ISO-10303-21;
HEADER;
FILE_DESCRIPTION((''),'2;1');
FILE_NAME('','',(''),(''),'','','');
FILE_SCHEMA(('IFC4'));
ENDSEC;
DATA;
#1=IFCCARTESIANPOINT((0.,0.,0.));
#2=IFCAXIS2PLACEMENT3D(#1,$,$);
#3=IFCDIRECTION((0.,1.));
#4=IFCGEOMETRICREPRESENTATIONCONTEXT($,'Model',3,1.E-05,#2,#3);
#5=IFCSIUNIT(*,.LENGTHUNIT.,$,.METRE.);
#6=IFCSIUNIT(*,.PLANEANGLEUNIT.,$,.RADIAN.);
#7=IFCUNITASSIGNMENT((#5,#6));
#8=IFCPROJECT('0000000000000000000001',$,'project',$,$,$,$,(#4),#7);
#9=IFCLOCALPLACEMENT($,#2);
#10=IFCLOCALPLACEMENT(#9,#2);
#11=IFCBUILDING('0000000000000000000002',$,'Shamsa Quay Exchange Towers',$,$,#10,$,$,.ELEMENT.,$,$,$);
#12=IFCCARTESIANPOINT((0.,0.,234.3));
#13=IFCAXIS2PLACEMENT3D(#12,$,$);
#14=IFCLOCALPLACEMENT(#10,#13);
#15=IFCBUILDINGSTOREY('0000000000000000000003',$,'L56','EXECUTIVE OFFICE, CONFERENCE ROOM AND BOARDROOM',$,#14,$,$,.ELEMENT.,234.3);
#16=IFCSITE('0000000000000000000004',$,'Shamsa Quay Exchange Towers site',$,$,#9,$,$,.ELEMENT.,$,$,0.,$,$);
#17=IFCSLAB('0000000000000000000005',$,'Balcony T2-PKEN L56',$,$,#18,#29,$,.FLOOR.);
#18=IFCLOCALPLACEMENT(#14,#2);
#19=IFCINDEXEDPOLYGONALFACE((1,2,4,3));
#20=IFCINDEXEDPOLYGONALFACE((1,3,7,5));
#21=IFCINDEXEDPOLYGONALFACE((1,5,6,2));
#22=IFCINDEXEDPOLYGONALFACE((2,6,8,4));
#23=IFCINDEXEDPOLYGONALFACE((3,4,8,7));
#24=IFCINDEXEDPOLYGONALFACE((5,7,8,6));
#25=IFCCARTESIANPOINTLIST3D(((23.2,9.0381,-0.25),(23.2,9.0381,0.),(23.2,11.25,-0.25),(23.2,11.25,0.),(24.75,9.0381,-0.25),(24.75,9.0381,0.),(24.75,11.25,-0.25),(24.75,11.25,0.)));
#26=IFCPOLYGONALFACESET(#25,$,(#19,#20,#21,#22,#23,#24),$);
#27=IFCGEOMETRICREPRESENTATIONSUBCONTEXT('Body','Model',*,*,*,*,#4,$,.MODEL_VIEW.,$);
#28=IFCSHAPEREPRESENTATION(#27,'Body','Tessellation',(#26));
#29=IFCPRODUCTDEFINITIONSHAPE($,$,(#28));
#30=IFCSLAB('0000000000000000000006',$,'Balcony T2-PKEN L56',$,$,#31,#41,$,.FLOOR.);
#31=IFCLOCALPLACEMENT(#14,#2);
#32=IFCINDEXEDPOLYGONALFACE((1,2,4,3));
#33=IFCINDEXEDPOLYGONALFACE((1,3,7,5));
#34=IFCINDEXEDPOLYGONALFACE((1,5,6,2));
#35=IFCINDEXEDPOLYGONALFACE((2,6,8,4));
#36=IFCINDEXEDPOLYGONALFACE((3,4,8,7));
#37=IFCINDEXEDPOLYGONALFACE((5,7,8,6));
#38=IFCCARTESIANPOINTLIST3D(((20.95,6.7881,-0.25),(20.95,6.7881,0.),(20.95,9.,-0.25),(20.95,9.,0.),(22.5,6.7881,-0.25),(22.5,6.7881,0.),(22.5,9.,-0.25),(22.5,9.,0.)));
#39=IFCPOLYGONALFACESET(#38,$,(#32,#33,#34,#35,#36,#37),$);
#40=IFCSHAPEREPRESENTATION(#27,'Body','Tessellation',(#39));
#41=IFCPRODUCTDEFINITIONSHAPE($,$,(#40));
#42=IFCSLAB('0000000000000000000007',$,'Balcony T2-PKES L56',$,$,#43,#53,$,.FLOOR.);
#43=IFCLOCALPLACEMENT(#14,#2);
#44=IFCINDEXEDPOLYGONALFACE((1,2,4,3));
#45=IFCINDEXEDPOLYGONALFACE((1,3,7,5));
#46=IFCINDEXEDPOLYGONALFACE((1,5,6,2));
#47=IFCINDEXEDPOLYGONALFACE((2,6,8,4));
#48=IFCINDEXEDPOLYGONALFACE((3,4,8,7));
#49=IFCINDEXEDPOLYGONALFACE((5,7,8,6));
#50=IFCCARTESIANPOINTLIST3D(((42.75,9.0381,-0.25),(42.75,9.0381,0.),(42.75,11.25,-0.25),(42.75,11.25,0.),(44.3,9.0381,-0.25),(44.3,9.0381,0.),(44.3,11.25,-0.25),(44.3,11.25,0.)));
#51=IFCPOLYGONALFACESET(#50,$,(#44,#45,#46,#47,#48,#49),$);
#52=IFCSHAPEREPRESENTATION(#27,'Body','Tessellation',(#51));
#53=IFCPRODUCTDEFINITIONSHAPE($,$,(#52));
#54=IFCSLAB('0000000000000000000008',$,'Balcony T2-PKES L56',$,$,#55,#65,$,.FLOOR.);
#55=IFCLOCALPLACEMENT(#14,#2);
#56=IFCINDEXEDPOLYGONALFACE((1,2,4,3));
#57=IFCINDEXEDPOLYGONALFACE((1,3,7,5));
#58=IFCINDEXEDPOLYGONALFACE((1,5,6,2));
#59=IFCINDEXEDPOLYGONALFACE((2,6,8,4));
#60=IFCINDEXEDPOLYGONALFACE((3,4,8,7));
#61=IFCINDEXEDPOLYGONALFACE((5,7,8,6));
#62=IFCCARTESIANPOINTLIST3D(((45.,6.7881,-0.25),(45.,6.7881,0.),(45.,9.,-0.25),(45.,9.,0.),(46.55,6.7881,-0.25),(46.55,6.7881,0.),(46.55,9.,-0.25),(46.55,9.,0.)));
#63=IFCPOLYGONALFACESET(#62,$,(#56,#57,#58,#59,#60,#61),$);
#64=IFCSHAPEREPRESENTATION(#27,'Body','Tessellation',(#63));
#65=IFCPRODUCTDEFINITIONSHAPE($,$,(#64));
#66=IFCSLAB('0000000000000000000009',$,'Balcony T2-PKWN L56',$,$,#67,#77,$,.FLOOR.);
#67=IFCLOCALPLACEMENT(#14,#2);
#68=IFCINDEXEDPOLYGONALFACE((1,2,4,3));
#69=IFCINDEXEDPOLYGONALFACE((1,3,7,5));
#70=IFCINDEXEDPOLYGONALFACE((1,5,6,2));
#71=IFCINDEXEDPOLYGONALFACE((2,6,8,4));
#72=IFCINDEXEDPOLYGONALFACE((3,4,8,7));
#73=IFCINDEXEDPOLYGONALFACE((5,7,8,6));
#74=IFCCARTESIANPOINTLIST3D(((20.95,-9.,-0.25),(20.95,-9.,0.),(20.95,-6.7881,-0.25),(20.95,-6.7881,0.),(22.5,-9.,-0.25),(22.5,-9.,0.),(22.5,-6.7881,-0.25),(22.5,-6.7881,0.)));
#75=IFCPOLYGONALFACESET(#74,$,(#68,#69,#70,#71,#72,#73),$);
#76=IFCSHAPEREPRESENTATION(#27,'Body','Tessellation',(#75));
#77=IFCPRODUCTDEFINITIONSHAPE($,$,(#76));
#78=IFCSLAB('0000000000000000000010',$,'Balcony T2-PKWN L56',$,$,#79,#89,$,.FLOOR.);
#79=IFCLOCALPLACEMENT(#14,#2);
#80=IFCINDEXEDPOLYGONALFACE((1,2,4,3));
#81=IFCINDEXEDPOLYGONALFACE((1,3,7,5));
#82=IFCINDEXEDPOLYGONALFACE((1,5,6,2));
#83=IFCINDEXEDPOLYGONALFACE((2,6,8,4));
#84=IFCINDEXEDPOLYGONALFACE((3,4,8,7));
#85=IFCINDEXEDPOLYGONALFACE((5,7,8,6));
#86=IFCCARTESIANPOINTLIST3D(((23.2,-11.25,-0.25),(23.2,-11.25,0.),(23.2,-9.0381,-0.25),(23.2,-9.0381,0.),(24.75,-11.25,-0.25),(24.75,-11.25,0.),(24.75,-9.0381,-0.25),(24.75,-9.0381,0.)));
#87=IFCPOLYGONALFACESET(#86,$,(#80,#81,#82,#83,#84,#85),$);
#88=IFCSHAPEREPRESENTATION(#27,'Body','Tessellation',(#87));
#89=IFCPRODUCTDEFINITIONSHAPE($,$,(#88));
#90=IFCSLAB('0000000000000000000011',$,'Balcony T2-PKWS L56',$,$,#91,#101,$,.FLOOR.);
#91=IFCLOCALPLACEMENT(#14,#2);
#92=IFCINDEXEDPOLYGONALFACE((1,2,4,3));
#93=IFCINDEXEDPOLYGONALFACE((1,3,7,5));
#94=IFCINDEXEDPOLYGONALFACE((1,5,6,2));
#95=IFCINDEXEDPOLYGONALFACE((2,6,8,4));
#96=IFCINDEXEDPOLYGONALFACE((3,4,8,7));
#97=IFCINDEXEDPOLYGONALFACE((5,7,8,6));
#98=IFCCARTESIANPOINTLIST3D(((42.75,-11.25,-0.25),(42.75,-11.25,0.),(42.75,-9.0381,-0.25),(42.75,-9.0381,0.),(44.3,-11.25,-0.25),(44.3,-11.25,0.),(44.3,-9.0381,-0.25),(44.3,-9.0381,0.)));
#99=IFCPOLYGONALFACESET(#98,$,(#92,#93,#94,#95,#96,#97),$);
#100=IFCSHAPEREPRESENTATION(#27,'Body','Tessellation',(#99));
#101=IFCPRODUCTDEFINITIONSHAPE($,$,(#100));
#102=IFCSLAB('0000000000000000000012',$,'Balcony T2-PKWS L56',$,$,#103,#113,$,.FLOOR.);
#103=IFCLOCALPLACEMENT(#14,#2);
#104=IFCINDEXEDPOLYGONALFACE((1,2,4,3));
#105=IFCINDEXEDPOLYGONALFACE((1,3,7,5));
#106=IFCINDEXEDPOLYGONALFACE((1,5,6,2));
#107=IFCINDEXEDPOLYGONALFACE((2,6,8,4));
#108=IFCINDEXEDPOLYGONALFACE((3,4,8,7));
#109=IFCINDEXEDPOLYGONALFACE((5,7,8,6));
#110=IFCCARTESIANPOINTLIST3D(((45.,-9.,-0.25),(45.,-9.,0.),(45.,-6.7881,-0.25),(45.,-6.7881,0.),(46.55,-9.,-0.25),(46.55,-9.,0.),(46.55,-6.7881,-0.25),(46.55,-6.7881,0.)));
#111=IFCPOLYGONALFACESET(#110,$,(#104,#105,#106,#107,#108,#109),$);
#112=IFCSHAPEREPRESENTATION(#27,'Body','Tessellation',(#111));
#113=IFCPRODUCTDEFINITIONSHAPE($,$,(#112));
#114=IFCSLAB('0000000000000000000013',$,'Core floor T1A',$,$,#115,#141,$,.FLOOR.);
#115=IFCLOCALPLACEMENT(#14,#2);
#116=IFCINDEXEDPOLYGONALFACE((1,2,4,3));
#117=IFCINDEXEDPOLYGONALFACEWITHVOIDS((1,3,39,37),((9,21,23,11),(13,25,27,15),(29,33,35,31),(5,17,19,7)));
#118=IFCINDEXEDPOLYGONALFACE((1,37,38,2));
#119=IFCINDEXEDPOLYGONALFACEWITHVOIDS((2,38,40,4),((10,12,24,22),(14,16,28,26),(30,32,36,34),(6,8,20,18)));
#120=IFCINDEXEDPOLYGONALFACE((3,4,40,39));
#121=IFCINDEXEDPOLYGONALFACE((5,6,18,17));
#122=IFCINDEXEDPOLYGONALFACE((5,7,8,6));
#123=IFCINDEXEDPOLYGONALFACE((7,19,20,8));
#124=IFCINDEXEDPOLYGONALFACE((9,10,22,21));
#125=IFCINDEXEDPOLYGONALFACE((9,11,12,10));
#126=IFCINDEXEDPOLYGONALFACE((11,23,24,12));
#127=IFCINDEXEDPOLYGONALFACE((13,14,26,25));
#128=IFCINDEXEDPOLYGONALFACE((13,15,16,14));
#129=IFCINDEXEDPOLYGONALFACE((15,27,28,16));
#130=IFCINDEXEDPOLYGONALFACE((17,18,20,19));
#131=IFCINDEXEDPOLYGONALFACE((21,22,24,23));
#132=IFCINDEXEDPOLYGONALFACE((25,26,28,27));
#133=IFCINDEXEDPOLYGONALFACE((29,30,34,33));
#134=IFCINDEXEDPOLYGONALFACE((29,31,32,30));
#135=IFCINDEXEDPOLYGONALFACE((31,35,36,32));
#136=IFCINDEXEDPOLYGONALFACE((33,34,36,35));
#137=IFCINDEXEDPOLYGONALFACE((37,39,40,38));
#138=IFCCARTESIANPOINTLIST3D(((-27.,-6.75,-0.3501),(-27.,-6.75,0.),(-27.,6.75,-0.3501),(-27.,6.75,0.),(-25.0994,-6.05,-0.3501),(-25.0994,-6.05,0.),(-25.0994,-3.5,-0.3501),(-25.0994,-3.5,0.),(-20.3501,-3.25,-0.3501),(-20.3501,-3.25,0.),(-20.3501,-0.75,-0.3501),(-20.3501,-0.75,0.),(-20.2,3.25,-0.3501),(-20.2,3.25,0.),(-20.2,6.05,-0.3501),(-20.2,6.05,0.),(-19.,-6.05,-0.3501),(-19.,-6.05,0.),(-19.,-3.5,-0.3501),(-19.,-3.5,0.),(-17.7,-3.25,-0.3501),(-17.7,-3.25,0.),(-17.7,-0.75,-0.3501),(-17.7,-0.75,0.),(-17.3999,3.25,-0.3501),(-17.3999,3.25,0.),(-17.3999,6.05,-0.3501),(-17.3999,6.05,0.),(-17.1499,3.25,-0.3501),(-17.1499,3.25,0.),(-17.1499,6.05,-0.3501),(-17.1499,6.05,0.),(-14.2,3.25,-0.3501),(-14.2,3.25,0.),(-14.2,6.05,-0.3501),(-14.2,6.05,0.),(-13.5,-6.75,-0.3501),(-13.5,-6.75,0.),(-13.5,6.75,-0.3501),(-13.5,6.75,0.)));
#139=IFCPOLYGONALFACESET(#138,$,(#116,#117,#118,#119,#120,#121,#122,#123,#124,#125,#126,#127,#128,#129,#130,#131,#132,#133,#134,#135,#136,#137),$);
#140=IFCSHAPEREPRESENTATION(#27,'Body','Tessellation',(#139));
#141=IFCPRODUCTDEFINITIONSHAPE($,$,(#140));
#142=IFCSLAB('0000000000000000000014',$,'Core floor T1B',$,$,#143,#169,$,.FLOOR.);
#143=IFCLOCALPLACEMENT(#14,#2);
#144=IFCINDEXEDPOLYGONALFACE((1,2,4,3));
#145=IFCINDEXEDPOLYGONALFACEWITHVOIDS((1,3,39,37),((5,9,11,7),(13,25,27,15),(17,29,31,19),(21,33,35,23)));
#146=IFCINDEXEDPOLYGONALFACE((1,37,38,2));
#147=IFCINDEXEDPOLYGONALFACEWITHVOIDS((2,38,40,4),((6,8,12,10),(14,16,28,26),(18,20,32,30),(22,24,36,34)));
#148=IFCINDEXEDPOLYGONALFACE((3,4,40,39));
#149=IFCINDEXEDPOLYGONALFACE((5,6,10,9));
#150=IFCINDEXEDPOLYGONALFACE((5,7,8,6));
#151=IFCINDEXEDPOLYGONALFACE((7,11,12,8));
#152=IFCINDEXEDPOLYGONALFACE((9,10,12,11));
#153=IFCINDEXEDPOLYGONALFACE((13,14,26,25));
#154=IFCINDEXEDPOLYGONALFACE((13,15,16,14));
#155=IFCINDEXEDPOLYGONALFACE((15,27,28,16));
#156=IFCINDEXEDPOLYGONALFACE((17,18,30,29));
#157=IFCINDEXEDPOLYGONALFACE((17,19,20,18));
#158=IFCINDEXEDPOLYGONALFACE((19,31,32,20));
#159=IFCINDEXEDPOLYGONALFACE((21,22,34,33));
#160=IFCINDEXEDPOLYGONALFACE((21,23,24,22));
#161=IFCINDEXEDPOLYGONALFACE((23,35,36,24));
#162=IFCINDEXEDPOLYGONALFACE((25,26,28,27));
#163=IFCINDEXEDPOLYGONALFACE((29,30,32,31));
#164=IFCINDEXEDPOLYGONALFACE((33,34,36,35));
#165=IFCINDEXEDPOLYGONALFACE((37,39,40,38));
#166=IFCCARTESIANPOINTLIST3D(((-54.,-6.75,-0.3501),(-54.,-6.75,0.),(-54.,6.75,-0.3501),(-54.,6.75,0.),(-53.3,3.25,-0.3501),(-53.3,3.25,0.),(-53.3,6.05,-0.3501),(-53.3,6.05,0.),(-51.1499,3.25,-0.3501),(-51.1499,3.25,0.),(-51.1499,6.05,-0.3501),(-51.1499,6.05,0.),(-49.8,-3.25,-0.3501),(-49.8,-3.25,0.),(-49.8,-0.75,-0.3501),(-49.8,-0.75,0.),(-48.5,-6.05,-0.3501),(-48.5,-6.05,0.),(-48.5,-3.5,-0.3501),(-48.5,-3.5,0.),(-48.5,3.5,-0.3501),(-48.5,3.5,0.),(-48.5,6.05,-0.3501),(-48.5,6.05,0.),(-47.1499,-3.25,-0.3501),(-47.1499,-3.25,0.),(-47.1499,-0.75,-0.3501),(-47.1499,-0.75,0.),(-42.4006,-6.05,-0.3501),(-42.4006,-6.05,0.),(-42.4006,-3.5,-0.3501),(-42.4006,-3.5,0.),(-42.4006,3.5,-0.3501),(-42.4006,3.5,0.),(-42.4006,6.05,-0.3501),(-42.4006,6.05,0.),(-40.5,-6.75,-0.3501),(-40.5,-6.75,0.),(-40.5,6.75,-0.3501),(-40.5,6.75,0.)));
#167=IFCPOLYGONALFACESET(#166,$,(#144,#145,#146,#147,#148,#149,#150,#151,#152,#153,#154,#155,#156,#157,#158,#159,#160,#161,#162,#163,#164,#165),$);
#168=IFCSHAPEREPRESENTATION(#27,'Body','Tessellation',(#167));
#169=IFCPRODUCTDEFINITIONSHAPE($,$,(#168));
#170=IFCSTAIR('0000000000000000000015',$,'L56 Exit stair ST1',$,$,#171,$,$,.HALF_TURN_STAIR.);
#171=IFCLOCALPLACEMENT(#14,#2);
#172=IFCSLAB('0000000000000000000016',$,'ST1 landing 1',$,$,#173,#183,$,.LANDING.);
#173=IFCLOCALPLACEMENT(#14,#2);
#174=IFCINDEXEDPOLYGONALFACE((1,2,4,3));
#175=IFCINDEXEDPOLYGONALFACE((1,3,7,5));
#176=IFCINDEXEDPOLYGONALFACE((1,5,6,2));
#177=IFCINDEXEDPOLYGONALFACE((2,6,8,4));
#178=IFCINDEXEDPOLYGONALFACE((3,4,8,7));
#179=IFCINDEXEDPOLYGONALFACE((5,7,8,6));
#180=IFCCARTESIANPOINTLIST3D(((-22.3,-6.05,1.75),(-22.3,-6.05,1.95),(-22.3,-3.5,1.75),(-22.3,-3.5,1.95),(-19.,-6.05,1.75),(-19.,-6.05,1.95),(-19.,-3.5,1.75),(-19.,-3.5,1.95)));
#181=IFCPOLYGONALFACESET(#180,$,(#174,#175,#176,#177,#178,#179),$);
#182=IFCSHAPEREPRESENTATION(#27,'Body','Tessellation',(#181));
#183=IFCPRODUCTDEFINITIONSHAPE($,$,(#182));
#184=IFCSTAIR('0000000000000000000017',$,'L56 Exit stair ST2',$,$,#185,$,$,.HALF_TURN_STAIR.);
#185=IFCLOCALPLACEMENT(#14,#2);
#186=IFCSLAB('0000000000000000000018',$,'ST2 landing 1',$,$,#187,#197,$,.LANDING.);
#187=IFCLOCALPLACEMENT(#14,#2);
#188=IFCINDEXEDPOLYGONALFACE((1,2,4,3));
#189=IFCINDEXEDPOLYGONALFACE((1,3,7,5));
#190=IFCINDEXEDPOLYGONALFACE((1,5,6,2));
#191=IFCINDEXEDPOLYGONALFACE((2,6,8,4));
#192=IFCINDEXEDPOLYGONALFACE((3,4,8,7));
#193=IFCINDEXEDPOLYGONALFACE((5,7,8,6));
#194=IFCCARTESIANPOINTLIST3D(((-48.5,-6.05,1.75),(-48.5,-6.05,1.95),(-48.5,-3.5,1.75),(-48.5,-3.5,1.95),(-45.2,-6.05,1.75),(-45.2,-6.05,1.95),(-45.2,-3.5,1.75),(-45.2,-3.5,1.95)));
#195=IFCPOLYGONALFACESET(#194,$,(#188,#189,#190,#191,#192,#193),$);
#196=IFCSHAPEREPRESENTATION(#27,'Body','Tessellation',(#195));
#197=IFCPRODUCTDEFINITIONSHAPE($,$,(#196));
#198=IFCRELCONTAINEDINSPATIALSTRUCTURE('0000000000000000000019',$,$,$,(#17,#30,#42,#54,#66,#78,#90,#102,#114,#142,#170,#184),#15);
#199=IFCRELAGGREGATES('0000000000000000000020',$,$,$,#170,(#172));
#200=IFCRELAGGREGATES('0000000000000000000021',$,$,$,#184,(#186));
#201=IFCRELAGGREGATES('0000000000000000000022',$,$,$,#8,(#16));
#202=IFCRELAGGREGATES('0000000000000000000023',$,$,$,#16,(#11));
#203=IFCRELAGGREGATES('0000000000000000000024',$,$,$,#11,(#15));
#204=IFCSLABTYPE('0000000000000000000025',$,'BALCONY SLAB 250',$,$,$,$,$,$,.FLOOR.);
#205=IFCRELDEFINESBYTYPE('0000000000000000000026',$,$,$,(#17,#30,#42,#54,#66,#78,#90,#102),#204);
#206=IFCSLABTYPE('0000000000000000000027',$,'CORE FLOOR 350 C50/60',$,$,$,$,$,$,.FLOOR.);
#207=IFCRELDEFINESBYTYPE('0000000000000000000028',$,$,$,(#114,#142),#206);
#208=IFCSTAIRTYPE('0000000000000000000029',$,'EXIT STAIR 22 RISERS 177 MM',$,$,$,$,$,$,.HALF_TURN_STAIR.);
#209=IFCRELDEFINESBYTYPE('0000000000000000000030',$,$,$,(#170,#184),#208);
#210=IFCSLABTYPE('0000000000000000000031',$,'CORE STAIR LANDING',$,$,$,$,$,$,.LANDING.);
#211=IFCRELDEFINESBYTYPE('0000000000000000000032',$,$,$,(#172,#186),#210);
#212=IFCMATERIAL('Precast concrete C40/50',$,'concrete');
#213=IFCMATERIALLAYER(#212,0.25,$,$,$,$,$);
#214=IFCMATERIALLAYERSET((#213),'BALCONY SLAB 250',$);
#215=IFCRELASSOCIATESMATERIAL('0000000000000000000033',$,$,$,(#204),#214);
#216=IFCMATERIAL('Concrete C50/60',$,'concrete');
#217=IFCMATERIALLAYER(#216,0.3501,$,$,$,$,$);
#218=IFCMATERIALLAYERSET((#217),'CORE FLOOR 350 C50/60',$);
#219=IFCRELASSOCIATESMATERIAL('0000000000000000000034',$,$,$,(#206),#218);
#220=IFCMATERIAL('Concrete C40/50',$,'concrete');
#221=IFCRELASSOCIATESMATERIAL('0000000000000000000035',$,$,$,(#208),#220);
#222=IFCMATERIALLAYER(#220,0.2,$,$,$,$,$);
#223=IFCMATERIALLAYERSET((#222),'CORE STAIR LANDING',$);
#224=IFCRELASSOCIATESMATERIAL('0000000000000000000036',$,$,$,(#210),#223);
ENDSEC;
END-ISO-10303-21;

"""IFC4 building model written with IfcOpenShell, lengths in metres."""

from ifc_helpers import new_model, si_unit, direction, frame, origin, place, context, subcontext, project, spatial, polyline, outline, extrude, material, layer, layer_set, type_object, element, aggregate, save


model = new_model("IFC4")

# Units and contexts
model_context = context("Model", 3, precision=1e-05, world=origin(), true_north=direction((0.0, 1.0)))
body_context = subcontext(model_context, "Body", "Model", "MODEL_VIEW")
ifc_project = project(units=[si_unit("LENGTHUNIT", "METRE"), si_unit("PLANEANGLEUNIT", "RADIAN")], contexts=[model_context])

# Site, building, storey
site_placement = place(None, origin())
site = spatial("IfcSite", under=ifc_project, at=site_placement, Name="Shamsa Quay Exchange Towers site", CompositionType="ELEMENT", RefElevation=0.0)
building_placement = place(site_placement, origin())
building = spatial("IfcBuilding", under=site, at=building_placement, Name="Shamsa Quay Exchange Towers", CompositionType="ELEMENT")
storey_placement = place(building_placement, frame((0.0, 0.0, 234.3)))
storey = spatial("IfcBuildingStorey", under=building, at=storey_placement, Name="L56", Description="EXECUTIVE OFFICE, CONFERENCE ROOM AND BOARDROOM", CompositionType="ELEMENT", Elevation=234.3)

# Slabs
ifc_material_1 = material(Name="Precast concrete C40/50", Category="concrete")
ifc_layer_1 = layer(ifc_material_1, 0.25)
ifc_layer_set_1 = layer_set([ifc_layer_1], Name="BALCONY SLAB 250")
slab_type_1 = type_object("IfcSlabType", Name="BALCONY SLAB 250", PredefinedType="FLOOR", material=ifc_layer_set_1)
slab_1_placement = place(storey_placement, frame((0.0, 0.0, -0.25)))
element("IfcSlab", 1, at=slab_1_placement, inside=storey, type_object=slab_type_1, Name="Balcony T2-PKEN L56", PredefinedType="FLOOR", context=body_context, shape_type="SweptSolid", body=[
    extrude(outline(polyline([(24.75, 11.25), (24.75, 9.0381), (23.2, 9.0381), (23.2, 11.25), (24.75, 11.25)])), origin(), (0.0, 0.0, 1.0), 0.25),
])
slab_2_placement = place(storey_placement, frame((0.0, 0.0, -0.25)))
element("IfcSlab", 2, at=slab_2_placement, inside=storey, type_object=slab_type_1, Name="Balcony T2-PKEN L56", PredefinedType="FLOOR", context=body_context, shape_type="SweptSolid", body=[
    extrude(outline(polyline([(22.5, 9.0), (22.5, 6.7881), (20.95, 6.7881), (20.95, 9.0), (22.5, 9.0)])), origin(), (0.0, 0.0, 1.0), 0.25),
])
slab_3_placement = place(storey_placement, frame((0.0, 0.0, -0.25)))
element("IfcSlab", 3, at=slab_3_placement, inside=storey, type_object=slab_type_1, Name="Balcony T2-PKES L56", PredefinedType="FLOOR", context=body_context, shape_type="SweptSolid", body=[
    extrude(outline(polyline([(42.75, 9.0381), (42.75, 11.25), (44.3, 11.25), (44.3, 9.0381), (42.75, 9.0381)])), origin(), (0.0, 0.0, 1.0), 0.25),
])
slab_4_placement = place(storey_placement, frame((0.0, 0.0, -0.25)))
element("IfcSlab", 4, at=slab_4_placement, inside=storey, type_object=slab_type_1, Name="Balcony T2-PKES L56", PredefinedType="FLOOR", context=body_context, shape_type="SweptSolid", body=[
    extrude(outline(polyline([(45.0, 6.7881), (45.0, 9.0), (46.55, 9.0), (46.55, 6.7881), (45.0, 6.7881)])), origin(), (0.0, 0.0, 1.0), 0.25),
])
slab_5_placement = place(storey_placement, frame((0.0, 0.0, -0.25)))
element("IfcSlab", 5, at=slab_5_placement, inside=storey, type_object=slab_type_1, Name="Balcony T2-PKWN L56", PredefinedType="FLOOR", context=body_context, shape_type="SweptSolid", body=[
    extrude(outline(polyline([(22.5, -6.7881), (22.5, -9.0), (20.95, -9.0), (20.95, -6.7881), (22.5, -6.7881)])), origin(), (0.0, 0.0, 1.0), 0.25),
])
slab_6_placement = place(storey_placement, frame((0.0, 0.0, -0.25)))
element("IfcSlab", 6, at=slab_6_placement, inside=storey, type_object=slab_type_1, Name="Balcony T2-PKWN L56", PredefinedType="FLOOR", context=body_context, shape_type="SweptSolid", body=[
    extrude(outline(polyline([(24.75, -9.0381), (24.75, -11.25), (23.2, -11.25), (23.2, -9.0381), (24.75, -9.0381)])), origin(), (0.0, 0.0, 1.0), 0.25),
])
slab_7_placement = place(storey_placement, frame((0.0, 0.0, -0.25)))
element("IfcSlab", 7, at=slab_7_placement, inside=storey, type_object=slab_type_1, Name="Balcony T2-PKWS L56", PredefinedType="FLOOR", context=body_context, shape_type="SweptSolid", body=[
    extrude(outline(polyline([(42.75, -11.25), (42.75, -9.0381), (44.3, -9.0381), (44.3, -11.25), (42.75, -11.25)])), origin(), (0.0, 0.0, 1.0), 0.25),
])
slab_8_placement = place(storey_placement, frame((0.0, 0.0, -0.25)))
element("IfcSlab", 8, at=slab_8_placement, inside=storey, type_object=slab_type_1, Name="Balcony T2-PKWS L56", PredefinedType="FLOOR", context=body_context, shape_type="SweptSolid", body=[
    extrude(outline(polyline([(45.0, -9.0), (45.0, -6.7881), (46.55, -6.7881), (46.55, -9.0), (45.0, -9.0)])), origin(), (0.0, 0.0, 1.0), 0.25),
])
ifc_material_2 = material(Name="Concrete C50/60", Category="concrete")
ifc_layer_2 = layer(ifc_material_2, 0.3501)
ifc_layer_set_2 = layer_set([ifc_layer_2], Name="CORE FLOOR 350 C50/60")
slab_type_2 = type_object("IfcSlabType", Name="CORE FLOOR 350 C50/60", PredefinedType="FLOOR", material=ifc_layer_set_2)
slab_9_placement = place(storey_placement, frame((0.0, 0.0, -0.3501)))
element("IfcSlab", 9, at=slab_9_placement, inside=storey, type_object=slab_type_2, Name="Core floor T1A", PredefinedType="FLOOR", context=body_context, shape_type="SweptSolid", body=[
    extrude(outline(polyline([(-27.0, -6.75), (-13.5, -6.75), (-13.5, 6.75), (-27.0, 6.75), (-27.0, -6.75)]), holes=[polyline([(-25.0994, -6.05), (-25.0994, -3.5), (-19.0, -3.5), (-19.0, -6.05), (-25.0994, -6.05)]), polyline([(-20.2, 3.25), (-20.2, 6.05), (-17.3999, 6.05), (-17.3999, 3.25), (-20.2, 3.25)]), polyline([(-17.1499, 3.25), (-17.1499, 6.05), (-14.2, 6.05), (-14.2, 3.25), (-17.1499, 3.25)]), polyline([(-20.3501, -3.25), (-20.3501, -0.75), (-17.7, -0.75), (-17.7, -3.25), (-20.3501, -3.25)])]), origin(), (0.0, 0.0, 1.0), 0.3501),
])
slab_10_placement = place(storey_placement, frame((0.0, 0.0, -0.3501)))
element("IfcSlab", 10, at=slab_10_placement, inside=storey, type_object=slab_type_2, Name="Core floor T1B", PredefinedType="FLOOR", context=body_context, shape_type="SweptSolid", body=[
    extrude(outline(polyline([(-40.5, -6.75), (-40.5, 6.75), (-54.0, 6.75), (-54.0, -6.75), (-40.5, -6.75)]), holes=[polyline([(-42.4006, -3.5), (-42.4006, -6.05), (-48.5, -6.05), (-48.5, -3.5), (-42.4006, -3.5)]), polyline([(-42.4006, 6.05), (-42.4006, 3.5), (-48.5, 3.5), (-48.5, 6.05), (-42.4006, 6.05)]), polyline([(-51.1499, 3.25), (-53.3, 3.25), (-53.3, 6.05), (-51.1499, 6.05), (-51.1499, 3.25)]), polyline([(-47.1499, -3.25), (-49.8, -3.25), (-49.8, -0.75), (-47.1499, -0.75), (-47.1499, -3.25)])]), origin(), (0.0, 0.0, 1.0), 0.3501),
])

# Stairs, slabs
ifc_material_3 = material(Name="Concrete C40/50", Category="concrete")
stair_type = type_object("IfcStairType", Name="EXIT STAIR 22 RISERS 177 MM", PredefinedType="HALF_TURN_STAIR", material=ifc_material_3)
stair_1_placement = place(storey_placement, origin())
stair_1 = element("IfcStair", 11, at=stair_1_placement, inside=storey, type_object=stair_type, Name="L56 Exit stair ST1", PredefinedType="HALF_TURN_STAIR")
ifc_layer_3 = layer(ifc_material_3, 0.2)
ifc_layer_set_3 = layer_set([ifc_layer_3], Name="CORE STAIR LANDING")
slab_type_3 = type_object("IfcSlabType", Name="CORE STAIR LANDING", PredefinedType="LANDING", material=ifc_layer_set_3)
slab_11_placement = place(storey_placement, frame((0.0, 0.0, 1.75)))
slab_11 = element("IfcSlab", 12, at=slab_11_placement, type_object=slab_type_3, Name="ST1 landing 1", PredefinedType="LANDING", context=body_context, shape_type="SweptSolid", body=[
    extrude(outline(polyline([(-22.3, -6.05), (-19.0, -6.05), (-19.0, -3.5), (-22.3, -3.5), (-22.3, -6.05)])), origin(), (0.0, 0.0, 1.0), 0.2),
])
aggregate(stair_1, [slab_11])
stair_2_placement = place(storey_placement, origin())
stair_2 = element("IfcStair", 13, at=stair_2_placement, inside=storey, type_object=stair_type, Name="L56 Exit stair ST2", PredefinedType="HALF_TURN_STAIR")
slab_12_placement = place(storey_placement, frame((0.0, 0.0, 1.75)))
slab_12 = element("IfcSlab", 14, at=slab_12_placement, type_object=slab_type_3, Name="ST2 landing 1", PredefinedType="LANDING", context=body_context, shape_type="SweptSolid", body=[
    extrude(outline(polyline([(-45.2, -3.5), (-48.5, -3.5), (-48.5, -6.05), (-45.2, -6.05), (-45.2, -3.5)])), origin(), (0.0, 0.0, 1.0), 0.2),
])
aggregate(stair_2, [slab_12])

save(model, "model.ifc")
